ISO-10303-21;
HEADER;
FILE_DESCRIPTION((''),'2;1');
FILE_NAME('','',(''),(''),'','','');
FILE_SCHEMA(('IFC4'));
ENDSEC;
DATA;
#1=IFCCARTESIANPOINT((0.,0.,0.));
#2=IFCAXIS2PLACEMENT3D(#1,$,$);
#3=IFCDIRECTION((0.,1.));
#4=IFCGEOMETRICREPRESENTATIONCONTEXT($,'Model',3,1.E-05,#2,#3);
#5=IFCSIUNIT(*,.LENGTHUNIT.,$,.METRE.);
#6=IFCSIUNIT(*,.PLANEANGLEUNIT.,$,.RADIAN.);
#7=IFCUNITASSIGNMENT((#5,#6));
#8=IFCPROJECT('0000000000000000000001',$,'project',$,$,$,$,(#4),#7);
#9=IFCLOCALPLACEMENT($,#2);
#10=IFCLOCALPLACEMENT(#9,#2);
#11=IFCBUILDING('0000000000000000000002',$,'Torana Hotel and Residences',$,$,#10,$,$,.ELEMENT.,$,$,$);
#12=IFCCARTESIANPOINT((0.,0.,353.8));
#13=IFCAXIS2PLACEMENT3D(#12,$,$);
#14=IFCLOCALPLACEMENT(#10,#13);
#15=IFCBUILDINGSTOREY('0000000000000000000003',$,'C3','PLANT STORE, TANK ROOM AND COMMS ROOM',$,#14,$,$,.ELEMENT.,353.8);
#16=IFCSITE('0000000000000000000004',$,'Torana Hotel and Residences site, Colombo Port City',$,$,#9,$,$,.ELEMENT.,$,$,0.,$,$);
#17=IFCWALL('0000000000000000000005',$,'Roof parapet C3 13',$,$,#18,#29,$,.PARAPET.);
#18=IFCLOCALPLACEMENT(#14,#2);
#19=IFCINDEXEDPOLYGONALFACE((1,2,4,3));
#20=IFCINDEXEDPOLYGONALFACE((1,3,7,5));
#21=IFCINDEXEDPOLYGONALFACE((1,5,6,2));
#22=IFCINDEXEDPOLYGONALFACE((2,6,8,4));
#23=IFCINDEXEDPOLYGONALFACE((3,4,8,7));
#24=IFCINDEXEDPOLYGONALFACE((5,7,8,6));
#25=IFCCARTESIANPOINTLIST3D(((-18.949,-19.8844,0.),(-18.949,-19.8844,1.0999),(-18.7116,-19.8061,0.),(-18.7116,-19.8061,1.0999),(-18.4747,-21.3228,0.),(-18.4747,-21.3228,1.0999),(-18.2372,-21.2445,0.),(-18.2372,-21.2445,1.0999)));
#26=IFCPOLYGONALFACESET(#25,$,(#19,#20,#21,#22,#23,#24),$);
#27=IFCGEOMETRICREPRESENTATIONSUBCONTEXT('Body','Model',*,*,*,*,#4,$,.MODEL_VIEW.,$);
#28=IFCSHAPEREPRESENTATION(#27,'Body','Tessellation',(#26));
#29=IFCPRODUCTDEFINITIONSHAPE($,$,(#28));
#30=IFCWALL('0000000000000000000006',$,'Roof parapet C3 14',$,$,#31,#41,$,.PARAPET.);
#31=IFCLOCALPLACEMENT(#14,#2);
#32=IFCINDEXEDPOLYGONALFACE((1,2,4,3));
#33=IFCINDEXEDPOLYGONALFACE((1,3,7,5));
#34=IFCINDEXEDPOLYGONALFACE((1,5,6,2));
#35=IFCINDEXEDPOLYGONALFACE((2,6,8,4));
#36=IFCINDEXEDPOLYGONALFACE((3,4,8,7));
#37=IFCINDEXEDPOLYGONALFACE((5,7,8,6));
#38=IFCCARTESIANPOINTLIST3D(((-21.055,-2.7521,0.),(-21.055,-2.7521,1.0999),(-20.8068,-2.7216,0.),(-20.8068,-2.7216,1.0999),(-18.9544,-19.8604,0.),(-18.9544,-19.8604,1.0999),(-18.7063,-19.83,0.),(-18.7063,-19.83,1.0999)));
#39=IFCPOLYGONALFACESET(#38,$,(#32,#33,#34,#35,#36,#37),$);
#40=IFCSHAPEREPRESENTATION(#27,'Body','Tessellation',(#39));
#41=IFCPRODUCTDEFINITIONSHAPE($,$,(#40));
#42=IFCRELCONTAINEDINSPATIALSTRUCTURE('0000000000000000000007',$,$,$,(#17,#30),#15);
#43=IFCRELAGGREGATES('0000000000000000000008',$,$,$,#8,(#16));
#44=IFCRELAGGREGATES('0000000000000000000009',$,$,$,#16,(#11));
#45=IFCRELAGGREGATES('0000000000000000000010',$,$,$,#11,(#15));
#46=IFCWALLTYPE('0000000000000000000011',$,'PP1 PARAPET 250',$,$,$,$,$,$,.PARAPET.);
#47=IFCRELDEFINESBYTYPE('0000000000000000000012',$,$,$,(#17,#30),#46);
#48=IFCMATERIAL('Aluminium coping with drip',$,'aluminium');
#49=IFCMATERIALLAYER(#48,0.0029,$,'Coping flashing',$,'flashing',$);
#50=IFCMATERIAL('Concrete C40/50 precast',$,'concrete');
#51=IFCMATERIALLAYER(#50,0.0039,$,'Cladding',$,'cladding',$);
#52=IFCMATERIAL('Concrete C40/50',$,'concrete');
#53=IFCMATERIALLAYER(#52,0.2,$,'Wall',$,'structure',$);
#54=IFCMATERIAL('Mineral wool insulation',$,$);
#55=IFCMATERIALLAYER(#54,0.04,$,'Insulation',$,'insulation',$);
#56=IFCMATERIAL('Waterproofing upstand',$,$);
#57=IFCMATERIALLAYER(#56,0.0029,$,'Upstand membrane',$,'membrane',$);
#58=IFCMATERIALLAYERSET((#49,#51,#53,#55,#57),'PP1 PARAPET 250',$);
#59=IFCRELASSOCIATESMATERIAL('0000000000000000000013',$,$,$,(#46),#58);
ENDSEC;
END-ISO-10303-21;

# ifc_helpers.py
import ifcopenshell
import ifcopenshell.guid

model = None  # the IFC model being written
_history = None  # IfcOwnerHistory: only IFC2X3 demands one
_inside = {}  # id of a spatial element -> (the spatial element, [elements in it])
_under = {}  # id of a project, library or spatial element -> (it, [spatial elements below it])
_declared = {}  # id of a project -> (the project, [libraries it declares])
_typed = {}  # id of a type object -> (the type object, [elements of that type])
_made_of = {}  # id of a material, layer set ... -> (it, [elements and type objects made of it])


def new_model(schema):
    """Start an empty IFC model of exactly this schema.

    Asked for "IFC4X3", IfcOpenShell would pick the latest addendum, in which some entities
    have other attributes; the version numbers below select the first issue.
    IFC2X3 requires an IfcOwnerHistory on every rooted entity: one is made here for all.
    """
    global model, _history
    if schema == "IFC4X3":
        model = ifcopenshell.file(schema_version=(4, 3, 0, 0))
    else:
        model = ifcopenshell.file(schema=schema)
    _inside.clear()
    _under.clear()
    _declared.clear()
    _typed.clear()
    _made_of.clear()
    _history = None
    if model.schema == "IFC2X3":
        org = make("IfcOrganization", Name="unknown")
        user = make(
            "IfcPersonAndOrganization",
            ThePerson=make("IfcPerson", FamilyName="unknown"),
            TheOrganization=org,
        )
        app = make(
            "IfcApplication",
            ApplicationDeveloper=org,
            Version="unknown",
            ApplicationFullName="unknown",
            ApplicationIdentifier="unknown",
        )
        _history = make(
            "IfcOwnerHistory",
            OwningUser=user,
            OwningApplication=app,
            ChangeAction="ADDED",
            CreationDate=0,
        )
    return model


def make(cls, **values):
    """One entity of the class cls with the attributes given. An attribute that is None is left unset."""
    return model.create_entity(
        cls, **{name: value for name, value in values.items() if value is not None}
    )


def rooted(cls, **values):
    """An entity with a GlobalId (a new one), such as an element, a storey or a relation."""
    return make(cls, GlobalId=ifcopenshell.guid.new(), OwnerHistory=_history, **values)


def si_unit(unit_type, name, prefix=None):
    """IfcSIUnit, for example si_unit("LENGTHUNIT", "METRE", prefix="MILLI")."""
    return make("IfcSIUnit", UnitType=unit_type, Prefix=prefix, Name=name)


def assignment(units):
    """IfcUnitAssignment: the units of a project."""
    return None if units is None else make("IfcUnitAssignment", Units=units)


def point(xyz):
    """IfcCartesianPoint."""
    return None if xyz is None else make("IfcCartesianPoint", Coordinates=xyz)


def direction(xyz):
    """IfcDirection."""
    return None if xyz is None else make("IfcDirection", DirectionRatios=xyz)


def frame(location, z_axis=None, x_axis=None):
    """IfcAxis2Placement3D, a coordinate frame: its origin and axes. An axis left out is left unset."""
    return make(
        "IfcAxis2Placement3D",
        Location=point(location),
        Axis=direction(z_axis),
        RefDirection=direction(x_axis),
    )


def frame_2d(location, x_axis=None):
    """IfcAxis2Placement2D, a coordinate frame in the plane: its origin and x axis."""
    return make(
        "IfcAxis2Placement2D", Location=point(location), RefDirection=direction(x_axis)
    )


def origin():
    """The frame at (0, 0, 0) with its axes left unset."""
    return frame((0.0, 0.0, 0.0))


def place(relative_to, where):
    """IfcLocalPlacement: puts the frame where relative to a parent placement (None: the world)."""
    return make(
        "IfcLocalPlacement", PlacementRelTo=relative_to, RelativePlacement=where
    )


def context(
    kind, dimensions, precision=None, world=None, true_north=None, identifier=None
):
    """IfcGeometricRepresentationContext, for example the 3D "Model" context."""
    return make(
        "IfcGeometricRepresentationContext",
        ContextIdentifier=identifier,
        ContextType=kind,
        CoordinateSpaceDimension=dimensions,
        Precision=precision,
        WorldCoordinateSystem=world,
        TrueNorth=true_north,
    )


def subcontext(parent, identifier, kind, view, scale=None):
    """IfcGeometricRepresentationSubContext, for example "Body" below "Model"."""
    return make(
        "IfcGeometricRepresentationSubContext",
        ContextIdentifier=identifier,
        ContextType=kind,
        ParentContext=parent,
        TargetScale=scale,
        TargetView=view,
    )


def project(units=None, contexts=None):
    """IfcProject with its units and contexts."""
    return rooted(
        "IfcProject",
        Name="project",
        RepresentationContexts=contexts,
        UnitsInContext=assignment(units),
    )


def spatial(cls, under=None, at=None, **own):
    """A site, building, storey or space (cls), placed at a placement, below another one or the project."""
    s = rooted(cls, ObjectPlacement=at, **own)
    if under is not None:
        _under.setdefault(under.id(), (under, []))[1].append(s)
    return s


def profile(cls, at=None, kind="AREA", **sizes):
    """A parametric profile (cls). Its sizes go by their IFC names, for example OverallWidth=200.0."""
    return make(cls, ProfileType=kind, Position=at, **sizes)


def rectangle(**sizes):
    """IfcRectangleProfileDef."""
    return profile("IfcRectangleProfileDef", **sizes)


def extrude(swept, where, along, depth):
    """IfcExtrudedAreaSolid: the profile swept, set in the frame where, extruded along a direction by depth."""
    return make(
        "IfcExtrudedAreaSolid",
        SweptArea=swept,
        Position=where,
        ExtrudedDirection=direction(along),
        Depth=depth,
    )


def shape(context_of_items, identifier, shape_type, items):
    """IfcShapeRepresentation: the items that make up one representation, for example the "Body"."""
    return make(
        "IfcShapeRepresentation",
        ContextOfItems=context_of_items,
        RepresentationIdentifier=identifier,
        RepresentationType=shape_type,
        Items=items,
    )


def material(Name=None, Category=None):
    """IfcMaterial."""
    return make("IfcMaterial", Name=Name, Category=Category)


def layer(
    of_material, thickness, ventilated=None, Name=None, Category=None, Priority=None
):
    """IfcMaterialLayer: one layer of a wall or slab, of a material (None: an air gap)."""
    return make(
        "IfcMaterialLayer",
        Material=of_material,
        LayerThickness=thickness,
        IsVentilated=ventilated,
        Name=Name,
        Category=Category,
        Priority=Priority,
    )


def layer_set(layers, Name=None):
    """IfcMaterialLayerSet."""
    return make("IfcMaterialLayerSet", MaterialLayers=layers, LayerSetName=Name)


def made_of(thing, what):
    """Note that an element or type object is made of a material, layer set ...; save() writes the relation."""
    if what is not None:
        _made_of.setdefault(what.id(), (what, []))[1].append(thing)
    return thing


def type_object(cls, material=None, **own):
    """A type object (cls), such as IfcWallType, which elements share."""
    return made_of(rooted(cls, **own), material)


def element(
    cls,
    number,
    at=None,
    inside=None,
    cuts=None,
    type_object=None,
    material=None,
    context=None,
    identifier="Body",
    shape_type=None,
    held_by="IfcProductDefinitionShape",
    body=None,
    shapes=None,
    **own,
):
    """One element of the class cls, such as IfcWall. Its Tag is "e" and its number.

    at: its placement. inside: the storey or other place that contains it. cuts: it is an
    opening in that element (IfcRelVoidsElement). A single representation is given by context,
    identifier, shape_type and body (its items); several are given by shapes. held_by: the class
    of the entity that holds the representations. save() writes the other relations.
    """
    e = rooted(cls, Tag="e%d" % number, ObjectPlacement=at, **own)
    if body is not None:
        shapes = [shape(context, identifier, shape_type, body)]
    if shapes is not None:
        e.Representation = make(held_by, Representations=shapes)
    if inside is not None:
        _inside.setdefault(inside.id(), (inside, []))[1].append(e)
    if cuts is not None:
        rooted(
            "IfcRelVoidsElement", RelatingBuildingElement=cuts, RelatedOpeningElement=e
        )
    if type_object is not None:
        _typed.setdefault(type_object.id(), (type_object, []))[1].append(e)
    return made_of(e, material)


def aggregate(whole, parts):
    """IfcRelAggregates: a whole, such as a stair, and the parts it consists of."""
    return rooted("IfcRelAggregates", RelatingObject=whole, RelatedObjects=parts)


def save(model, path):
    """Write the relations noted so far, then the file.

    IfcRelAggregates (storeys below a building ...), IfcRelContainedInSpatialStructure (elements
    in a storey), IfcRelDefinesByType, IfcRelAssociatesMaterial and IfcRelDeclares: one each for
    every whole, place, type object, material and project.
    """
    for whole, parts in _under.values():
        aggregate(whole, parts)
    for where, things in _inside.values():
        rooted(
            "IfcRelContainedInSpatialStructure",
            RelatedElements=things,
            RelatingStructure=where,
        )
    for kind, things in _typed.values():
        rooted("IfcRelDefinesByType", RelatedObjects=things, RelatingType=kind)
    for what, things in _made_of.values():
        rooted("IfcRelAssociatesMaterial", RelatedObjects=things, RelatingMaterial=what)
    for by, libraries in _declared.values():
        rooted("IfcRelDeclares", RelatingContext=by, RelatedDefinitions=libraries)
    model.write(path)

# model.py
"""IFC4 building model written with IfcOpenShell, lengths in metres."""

from ifc_helpers import new_model, si_unit, direction, frame, frame_2d, origin, place, context, subcontext, project, spatial, rectangle, extrude, material, layer, layer_set, type_object, element, save


model = new_model("IFC4")

# Units and contexts
model_context = context("Model", 3, precision=1e-05, world=origin(), true_north=direction((0.0, 1.0)))
body_context = subcontext(model_context, "Body", "Model", "MODEL_VIEW")
ifc_project = project(units=[si_unit("LENGTHUNIT", "METRE"), si_unit("PLANEANGLEUNIT", "RADIAN")], contexts=[model_context])

# Site, building, storey
site_placement = place(None, origin())
site = spatial("IfcSite", under=ifc_project, at=site_placement, Name="Torana Hotel and Residences site, Colombo Port City", CompositionType="ELEMENT", RefElevation=0.0)
building_placement = place(site_placement, origin())
building = spatial("IfcBuilding", under=site, at=building_placement, Name="Torana Hotel and Residences", CompositionType="ELEMENT")
storey_placement = place(building_placement, frame((0.0, 0.0, 353.8)))
storey = spatial("IfcBuildingStorey", under=building, at=storey_placement, Name="C3", Description="PLANT STORE, TANK ROOM AND COMMS ROOM", CompositionType="ELEMENT", Elevation=353.8)

# Walls
ifc_material_1 = material(Name="Aluminium coping with drip", Category="aluminium")
ifc_layer_1 = layer(ifc_material_1, 0.0029, Name="Coping flashing", Category="flashing")
ifc_material_2 = material(Name="Concrete C40/50 precast", Category="concrete")
ifc_layer_2 = layer(ifc_material_2, 0.0039, Name="Cladding", Category="cladding")
ifc_material_3 = material(Name="Concrete C40/50", Category="concrete")
ifc_layer_3 = layer(ifc_material_3, 0.2, Name="Wall", Category="structure")
ifc_material_4 = material(Name="Mineral wool insulation")
ifc_layer_4 = layer(ifc_material_4, 0.04, Name="Insulation", Category="insulation")
ifc_material_5 = material(Name="Waterproofing upstand")
ifc_layer_5 = layer(ifc_material_5, 0.0029, Name="Upstand membrane", Category="membrane")
ifc_layer_set_1 = layer_set([ifc_layer_1, ifc_layer_2, ifc_layer_3, ifc_layer_4, ifc_layer_5], Name="PP1 PARAPET 250")
wall_type_1 = type_object("IfcWallType", Name="PP1 PARAPET 250", PredefinedType="PARAPET", material=ifc_layer_set_1)
wall_1_placement = place(storey_placement, frame((-18.356, -21.2837, 0.0), z_axis=(0.0, 0.0, 1.0), x_axis=(-0.31318, 0.949694, 0.0)))
element("IfcWall", 1, at=wall_1_placement, inside=storey, type_object=wall_type_1, Name="Roof parapet C3 13", PredefinedType="PARAPET", context=body_context, shape_type="SweptSolid", body=[
    extrude(rectangle(XDim=1.5146, YDim=0.25, at=frame_2d((0.7573, 0.0))), origin(), (0.0, 0.0, 1.0), 1.0999),
])
wall_2_placement = place(storey_placement, frame((-18.8303, -19.8452, 0.0), z_axis=(0.0, 0.0, 1.0), x_axis=(-0.121866, 0.992547, 0.0)))
element("IfcWall", 2, at=wall_2_placement, inside=storey, type_object=wall_type_1, Name="Roof parapet C3 14", PredefinedType="PARAPET", context=body_context, shape_type="SweptSolid", body=[
    extrude(rectangle(XDim=17.2368, YDim=0.25, at=frame_2d((8.6184, 0.0))), origin(), (0.0, 0.0, 1.0), 1.0999),
])

save(model, "model.ifc")
